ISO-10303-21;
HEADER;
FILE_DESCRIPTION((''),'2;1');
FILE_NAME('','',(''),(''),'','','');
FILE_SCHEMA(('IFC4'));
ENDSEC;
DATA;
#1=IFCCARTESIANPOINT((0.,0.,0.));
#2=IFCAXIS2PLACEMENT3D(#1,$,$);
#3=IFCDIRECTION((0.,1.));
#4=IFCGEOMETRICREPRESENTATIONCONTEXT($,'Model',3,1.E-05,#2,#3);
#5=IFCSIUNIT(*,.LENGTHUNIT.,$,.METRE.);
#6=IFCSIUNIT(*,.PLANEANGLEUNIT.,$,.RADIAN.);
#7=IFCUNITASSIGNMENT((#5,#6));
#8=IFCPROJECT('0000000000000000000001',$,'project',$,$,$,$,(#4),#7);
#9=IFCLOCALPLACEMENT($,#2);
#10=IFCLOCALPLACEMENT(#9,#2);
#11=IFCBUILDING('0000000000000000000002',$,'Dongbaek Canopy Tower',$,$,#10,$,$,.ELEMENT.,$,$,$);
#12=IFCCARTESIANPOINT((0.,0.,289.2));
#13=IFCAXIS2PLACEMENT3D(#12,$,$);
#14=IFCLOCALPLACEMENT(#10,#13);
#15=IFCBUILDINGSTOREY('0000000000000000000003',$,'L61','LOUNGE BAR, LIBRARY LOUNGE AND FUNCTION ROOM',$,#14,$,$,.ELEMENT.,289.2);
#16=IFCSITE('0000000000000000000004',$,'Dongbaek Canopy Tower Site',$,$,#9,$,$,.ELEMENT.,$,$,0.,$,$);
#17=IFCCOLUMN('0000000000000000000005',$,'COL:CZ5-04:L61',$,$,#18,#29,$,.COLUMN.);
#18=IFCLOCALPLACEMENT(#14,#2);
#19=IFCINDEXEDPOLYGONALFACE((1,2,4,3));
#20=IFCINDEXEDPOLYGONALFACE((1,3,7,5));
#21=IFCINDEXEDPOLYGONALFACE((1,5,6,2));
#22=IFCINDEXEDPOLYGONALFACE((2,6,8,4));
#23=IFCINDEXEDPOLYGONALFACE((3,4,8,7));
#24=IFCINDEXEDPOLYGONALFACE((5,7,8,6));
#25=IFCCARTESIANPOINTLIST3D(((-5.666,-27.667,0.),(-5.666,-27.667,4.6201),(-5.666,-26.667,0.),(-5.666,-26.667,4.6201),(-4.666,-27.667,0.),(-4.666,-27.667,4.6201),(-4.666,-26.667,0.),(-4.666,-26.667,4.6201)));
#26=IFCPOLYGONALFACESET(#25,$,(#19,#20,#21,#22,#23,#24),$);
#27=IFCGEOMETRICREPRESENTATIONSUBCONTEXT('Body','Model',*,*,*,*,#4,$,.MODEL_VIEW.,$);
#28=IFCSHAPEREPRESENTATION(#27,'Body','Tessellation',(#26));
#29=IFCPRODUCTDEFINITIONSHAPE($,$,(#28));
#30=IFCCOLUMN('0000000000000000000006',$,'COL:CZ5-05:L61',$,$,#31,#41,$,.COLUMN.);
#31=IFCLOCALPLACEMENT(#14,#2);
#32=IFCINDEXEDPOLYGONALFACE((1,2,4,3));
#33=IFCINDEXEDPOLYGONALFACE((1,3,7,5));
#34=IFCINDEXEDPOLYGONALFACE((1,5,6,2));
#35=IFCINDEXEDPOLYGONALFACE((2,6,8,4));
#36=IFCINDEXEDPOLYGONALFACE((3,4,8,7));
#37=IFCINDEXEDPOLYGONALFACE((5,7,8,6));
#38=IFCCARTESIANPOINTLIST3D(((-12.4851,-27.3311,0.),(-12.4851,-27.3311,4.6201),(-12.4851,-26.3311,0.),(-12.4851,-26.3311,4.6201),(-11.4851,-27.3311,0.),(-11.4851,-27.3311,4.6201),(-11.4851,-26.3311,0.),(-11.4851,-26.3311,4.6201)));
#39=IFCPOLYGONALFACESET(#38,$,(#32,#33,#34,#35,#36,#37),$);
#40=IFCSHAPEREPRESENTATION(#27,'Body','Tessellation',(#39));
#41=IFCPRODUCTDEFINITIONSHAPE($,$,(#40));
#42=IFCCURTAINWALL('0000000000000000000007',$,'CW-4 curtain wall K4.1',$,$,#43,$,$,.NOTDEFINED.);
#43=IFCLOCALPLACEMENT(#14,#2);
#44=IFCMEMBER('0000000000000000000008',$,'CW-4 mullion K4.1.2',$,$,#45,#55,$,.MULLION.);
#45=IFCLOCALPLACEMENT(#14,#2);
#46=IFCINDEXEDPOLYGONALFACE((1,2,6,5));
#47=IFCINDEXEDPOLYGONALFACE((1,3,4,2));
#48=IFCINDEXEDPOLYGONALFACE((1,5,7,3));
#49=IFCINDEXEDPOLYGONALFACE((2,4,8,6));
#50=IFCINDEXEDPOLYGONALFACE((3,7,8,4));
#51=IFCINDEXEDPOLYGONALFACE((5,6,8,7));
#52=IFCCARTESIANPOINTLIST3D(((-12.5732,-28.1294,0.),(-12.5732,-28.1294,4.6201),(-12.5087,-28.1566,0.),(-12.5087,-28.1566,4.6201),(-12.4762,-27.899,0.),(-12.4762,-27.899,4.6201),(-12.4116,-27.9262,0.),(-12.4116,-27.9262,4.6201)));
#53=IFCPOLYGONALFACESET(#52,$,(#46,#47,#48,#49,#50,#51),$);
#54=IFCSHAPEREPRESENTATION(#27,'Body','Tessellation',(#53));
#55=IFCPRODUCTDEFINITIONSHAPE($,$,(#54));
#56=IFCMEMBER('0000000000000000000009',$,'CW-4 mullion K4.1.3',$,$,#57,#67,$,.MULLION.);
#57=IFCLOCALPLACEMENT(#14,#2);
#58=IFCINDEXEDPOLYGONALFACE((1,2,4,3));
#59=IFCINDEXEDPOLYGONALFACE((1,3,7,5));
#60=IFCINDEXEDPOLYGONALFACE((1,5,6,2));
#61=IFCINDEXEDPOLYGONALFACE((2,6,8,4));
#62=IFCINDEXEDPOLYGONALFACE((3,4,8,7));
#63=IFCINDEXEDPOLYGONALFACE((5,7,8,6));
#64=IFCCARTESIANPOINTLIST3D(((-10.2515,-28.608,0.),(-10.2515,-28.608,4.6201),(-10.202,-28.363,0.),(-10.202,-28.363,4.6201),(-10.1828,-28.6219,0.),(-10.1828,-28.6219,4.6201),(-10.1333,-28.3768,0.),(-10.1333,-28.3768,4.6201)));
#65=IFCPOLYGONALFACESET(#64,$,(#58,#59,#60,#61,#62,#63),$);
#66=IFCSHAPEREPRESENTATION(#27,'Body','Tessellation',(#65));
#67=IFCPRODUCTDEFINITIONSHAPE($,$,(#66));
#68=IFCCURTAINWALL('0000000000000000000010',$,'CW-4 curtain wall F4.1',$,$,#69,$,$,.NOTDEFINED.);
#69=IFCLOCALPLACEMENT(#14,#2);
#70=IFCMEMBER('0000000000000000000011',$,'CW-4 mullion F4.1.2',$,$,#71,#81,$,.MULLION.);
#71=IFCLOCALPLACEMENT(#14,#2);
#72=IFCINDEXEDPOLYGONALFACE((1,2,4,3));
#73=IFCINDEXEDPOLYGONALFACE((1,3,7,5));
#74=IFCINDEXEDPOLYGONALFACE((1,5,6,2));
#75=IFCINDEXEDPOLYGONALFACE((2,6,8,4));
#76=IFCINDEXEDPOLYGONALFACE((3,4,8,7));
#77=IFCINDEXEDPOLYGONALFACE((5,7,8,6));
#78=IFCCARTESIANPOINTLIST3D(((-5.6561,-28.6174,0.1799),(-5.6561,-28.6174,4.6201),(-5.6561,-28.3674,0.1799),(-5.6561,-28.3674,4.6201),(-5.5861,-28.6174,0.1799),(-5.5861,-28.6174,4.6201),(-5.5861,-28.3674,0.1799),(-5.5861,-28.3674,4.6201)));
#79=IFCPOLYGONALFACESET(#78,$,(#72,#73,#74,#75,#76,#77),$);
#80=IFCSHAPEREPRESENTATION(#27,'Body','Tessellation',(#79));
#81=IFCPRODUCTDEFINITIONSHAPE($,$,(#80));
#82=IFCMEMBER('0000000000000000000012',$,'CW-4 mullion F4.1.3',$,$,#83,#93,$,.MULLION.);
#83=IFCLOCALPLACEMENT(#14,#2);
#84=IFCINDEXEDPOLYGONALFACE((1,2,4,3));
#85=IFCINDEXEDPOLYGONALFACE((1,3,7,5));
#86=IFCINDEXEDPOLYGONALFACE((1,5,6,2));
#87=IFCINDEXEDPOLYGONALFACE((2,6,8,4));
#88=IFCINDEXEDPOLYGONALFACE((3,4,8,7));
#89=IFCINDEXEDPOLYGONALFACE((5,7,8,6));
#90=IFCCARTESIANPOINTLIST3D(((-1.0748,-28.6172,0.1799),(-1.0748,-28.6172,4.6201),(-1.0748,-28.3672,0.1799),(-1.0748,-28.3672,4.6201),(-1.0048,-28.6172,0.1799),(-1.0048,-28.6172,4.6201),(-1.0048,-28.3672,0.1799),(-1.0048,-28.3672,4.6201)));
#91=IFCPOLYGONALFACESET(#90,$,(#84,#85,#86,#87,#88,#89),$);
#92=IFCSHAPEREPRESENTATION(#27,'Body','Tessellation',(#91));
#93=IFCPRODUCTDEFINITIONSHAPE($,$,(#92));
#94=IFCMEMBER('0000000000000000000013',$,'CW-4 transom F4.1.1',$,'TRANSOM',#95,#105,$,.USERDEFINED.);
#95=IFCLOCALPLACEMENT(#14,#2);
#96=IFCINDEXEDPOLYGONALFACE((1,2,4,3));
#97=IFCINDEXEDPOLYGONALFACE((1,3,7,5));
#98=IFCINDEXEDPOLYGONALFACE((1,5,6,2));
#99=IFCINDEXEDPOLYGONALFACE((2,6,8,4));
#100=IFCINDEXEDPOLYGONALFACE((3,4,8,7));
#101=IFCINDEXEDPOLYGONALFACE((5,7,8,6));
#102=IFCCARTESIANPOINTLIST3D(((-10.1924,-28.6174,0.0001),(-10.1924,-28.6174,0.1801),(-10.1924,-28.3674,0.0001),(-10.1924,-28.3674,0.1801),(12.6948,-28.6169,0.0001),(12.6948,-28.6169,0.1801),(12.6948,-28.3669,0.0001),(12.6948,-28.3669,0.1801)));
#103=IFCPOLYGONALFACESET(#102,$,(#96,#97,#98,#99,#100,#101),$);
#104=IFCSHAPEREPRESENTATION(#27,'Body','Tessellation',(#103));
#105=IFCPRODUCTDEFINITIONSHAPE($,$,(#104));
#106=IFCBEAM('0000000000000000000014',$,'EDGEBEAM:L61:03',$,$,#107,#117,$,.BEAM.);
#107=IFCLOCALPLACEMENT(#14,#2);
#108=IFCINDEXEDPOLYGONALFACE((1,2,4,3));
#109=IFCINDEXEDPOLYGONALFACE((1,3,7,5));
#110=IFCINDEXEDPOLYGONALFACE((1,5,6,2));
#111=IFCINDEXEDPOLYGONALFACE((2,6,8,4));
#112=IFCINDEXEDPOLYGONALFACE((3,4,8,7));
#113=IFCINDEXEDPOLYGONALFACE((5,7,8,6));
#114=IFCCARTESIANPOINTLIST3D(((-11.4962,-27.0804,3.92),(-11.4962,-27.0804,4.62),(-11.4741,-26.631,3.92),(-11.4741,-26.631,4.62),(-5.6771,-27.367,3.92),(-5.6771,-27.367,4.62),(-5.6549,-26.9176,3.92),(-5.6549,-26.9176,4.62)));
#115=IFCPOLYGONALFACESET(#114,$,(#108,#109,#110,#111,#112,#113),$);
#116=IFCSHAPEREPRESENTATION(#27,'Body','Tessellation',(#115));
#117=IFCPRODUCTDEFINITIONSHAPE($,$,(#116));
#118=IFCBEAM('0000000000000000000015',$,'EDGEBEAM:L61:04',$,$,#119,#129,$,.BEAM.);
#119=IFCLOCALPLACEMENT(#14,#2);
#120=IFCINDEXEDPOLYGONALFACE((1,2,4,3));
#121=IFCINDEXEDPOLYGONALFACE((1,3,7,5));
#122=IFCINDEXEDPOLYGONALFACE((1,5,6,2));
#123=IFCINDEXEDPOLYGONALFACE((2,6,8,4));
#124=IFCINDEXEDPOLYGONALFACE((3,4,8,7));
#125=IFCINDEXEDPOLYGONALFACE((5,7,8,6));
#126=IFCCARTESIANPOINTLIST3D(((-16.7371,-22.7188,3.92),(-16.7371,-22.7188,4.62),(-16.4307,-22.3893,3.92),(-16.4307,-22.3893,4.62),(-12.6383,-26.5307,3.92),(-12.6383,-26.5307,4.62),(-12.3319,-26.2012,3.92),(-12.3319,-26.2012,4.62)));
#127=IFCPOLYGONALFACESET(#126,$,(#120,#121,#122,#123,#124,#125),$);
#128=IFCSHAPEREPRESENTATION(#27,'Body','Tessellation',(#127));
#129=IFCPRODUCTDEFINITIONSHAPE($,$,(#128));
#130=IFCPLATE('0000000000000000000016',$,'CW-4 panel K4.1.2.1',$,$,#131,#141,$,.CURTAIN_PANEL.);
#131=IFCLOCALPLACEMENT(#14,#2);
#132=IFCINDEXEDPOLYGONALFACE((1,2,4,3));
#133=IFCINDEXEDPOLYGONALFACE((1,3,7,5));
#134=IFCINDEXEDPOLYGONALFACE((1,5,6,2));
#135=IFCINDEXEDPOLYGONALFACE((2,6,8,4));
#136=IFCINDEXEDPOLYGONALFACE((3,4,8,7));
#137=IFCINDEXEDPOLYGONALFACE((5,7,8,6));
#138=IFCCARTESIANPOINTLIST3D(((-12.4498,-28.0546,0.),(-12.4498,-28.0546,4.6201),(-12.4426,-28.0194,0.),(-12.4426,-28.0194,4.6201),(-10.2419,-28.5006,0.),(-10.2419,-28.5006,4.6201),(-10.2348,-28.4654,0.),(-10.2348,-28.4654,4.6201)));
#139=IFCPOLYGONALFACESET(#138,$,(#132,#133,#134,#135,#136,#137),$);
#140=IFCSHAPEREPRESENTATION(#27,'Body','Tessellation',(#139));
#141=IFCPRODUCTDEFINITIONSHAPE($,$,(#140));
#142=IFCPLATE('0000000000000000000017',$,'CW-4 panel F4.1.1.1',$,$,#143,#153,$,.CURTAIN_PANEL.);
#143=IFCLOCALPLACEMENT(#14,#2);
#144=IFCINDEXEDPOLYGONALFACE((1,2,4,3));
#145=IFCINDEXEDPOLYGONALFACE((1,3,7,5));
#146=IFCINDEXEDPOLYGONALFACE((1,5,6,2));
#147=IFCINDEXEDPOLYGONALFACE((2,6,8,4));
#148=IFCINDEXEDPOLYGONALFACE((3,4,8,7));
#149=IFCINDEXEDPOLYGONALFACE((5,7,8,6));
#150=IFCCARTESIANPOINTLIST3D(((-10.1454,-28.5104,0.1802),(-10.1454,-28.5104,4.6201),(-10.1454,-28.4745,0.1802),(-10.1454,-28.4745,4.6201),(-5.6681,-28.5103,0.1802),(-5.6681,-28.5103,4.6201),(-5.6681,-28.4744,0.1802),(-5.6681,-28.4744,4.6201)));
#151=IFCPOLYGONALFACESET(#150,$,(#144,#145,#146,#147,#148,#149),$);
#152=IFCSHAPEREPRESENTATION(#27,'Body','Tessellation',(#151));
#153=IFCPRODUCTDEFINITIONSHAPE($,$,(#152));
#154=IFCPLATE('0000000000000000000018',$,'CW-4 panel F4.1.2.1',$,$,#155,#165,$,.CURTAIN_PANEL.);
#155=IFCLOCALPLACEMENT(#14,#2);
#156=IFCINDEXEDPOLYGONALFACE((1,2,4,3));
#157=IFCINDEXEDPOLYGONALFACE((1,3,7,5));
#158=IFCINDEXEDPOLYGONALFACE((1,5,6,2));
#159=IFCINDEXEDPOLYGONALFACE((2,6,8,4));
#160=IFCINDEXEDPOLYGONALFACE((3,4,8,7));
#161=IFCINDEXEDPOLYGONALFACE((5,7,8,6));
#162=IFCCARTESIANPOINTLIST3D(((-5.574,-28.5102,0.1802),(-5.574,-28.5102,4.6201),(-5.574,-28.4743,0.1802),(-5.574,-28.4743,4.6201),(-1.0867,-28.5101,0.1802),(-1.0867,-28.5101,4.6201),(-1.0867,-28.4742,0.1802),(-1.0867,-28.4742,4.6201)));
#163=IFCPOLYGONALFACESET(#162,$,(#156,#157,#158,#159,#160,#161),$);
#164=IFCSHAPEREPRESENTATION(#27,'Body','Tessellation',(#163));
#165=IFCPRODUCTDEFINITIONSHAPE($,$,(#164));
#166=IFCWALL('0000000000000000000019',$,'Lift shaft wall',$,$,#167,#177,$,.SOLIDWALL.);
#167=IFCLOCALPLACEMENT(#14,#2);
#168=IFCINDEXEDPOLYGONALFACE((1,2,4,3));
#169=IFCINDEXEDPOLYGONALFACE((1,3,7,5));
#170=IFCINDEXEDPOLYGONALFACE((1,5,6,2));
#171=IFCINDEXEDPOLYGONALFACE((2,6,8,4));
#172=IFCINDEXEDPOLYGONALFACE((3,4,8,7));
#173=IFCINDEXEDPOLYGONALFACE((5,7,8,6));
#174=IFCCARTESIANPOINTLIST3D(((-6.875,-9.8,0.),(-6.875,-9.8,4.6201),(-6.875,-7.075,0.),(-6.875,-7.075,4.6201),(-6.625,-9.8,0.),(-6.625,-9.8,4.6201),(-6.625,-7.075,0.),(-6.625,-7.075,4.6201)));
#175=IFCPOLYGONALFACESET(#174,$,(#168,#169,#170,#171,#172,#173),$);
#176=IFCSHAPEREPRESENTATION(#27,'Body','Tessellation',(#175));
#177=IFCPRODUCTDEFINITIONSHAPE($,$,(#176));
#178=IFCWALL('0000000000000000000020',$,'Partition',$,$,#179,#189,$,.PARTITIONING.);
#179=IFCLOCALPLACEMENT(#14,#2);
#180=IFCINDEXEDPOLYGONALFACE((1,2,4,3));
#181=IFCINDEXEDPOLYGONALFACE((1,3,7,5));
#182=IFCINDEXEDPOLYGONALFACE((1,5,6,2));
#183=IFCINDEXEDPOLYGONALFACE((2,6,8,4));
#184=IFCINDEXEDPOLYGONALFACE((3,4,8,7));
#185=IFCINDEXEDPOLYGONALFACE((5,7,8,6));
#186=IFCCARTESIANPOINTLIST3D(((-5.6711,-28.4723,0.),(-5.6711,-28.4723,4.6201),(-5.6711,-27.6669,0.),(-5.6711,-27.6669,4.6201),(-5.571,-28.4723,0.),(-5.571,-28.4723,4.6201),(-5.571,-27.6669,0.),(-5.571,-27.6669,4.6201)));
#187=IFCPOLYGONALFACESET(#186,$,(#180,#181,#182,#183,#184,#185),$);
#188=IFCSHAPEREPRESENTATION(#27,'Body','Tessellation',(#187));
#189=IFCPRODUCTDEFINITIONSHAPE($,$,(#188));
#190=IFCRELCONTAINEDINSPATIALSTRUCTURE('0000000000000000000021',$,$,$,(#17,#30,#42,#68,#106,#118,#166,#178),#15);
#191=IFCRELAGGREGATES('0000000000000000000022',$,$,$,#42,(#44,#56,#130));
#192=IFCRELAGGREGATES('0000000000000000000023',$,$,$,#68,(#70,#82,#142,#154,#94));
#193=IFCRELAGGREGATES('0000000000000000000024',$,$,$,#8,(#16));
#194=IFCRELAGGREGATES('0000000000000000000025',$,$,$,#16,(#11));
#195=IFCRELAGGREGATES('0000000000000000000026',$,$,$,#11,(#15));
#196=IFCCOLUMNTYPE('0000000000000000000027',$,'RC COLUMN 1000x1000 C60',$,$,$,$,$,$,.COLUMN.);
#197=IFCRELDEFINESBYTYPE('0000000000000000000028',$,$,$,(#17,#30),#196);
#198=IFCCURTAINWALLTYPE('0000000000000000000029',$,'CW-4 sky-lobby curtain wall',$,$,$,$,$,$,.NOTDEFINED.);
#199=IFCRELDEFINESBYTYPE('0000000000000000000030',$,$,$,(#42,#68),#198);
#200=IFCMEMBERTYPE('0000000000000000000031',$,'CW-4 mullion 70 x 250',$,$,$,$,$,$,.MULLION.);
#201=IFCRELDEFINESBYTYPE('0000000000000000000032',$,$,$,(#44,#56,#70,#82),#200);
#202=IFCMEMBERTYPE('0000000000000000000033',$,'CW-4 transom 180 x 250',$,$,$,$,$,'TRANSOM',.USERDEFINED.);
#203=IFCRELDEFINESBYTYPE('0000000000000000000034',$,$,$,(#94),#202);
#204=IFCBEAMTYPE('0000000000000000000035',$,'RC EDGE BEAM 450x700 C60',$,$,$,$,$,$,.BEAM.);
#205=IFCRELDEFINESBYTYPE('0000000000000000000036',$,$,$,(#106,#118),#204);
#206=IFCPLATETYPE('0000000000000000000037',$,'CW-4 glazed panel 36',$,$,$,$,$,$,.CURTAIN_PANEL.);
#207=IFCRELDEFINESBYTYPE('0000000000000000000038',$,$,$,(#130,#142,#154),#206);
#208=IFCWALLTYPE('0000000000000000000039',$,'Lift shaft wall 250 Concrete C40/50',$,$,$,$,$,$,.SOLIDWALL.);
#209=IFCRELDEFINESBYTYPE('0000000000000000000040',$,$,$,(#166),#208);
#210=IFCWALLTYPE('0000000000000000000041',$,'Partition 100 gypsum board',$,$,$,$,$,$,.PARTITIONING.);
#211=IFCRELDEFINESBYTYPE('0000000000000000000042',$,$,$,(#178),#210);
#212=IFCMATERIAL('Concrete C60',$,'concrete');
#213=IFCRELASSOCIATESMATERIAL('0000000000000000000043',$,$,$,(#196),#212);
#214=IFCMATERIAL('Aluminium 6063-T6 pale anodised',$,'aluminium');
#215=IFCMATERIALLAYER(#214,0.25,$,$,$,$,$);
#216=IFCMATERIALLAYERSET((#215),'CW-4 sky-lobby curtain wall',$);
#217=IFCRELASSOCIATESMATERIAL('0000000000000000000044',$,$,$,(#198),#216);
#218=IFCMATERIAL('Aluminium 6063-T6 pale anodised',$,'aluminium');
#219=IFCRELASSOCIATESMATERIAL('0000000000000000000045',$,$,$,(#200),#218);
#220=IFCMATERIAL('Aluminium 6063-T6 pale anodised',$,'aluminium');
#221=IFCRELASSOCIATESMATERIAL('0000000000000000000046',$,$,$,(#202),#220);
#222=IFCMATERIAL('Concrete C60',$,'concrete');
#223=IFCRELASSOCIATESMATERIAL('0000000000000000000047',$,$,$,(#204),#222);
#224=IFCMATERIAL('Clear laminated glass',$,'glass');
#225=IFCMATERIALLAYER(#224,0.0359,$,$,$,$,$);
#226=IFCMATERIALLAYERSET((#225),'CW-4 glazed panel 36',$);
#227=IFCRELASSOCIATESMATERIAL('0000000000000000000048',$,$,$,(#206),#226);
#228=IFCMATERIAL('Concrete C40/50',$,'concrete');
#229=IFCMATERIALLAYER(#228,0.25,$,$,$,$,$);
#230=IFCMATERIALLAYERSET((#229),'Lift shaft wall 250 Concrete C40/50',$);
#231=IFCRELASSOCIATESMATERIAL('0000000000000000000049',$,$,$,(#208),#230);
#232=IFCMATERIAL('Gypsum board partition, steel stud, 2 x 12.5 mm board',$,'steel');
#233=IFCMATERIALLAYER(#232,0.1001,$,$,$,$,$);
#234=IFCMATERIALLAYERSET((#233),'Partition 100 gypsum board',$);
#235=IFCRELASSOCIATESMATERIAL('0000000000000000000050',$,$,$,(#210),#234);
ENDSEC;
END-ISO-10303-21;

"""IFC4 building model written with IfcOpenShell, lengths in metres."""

from ifc_helpers import new_model, si_unit, direction, frame, frame_2d, origin, origin_2d, place, context, subcontext, project, spatial, rectangle, extrude, material, layer, layer_set, material_profile, profile_set, type_object, element, aggregate, save


model = new_model("IFC4")

# Units and contexts
model_context = context("Model", 3, precision=1e-05, world=origin(), true_north=direction((0.0, 1.0)))
body_context = subcontext(model_context, "Body", "Model", "MODEL_VIEW")
ifc_project = project(units=[si_unit("LENGTHUNIT", "METRE"), si_unit("PLANEANGLEUNIT", "RADIAN")], contexts=[model_context])

# Site, building, storey
site_placement = place(None, origin())
site = spatial("IfcSite", under=ifc_project, at=site_placement, Name="Dongbaek Canopy Tower Site", CompositionType="ELEMENT", RefElevation=0.0)
building_placement = place(site_placement, origin())
building = spatial("IfcBuilding", under=site, at=building_placement, Name="Dongbaek Canopy Tower", CompositionType="ELEMENT")
storey_placement = place(building_placement, frame((0.0, 0.0, 289.2)))
storey = spatial("IfcBuildingStorey", under=building, at=storey_placement, Name="L61", Description="LOUNGE BAR, LIBRARY LOUNGE AND FUNCTION ROOM", CompositionType="ELEMENT", Elevation=289.2)

# Columns
ifc_material_1 = material(Name="Concrete C60", Category="concrete")
ifc_material_profile_1 = material_profile(ifc_material_1, rectangle(XDim=1.0, YDim=1.0, at=origin_2d()), Name="RC COLUMN 1000x1000 C60")
ifc_profile_set_1 = profile_set([ifc_material_profile_1], Name="Concrete C60")
column_type = type_object("IfcColumnType", Name="RC COLUMN 1000x1000 C60", PredefinedType="COLUMN", material=ifc_profile_set_1)
for number, where, z_axis, x_axis, name in (
    (1, (-5.166, -27.167, 0.0), (0.0, 0.0, 1.0), (1.0, 0.0, 0.0), "COL:CZ5-04:L61"),
    (2, (-11.9851, -26.8311, 0.0), (0.0, 0.0, 1.0), (1.0, 0.0, 0.0), "COL:CZ5-05:L61"),
):
    element("IfcColumn", number, at=place(storey_placement, frame(where, z_axis=z_axis, x_axis=x_axis)), inside=storey, type_object=column_type, Name=name, PredefinedType="COLUMN", context=body_context, shape_type="SweptSolid", body=[
        extrude(rectangle(XDim=1.0, YDim=1.0, at=origin_2d()), origin(), (0.0, 0.0, 1.0), 4.6201),
    ])

# Curtain walls, members
ifc_material_2 = material(Name="Aluminium 6063-T6 pale anodised", Category="aluminium")
ifc_layer_1 = layer(ifc_material_2, 0.25)
ifc_layer_set_1 = layer_set([ifc_layer_1], Name="CW-4 sky-lobby curtain wall")
curtain_wall_type = type_object("IfcCurtainWallType", Name="CW-4 sky-lobby curtain wall", PredefinedType="NOTDEFINED", material=ifc_layer_set_1)
curtain_wall_1_placement = place(storey_placement, origin())
curtain_wall_1 = element("IfcCurtainWall", 3, at=curtain_wall_1_placement, inside=storey, type_object=curtain_wall_type, Name="CW-4 curtain wall K4.1", PredefinedType="NOTDEFINED")
ifc_material_3 = material(Name="Aluminium 6063-T6 pale anodised", Category="aluminium")
ifc_material_profile_2 = material_profile(ifc_material_3, rectangle(XDim=0.25, YDim=0.0701, at=origin_2d()), Name="CW-4 mullion 70 x 250")
ifc_profile_set_2 = profile_set([ifc_material_profile_2], Name="Aluminium 6063-T6 pale anodised")
member_type_1 = type_object("IfcMemberType", Name="CW-4 mullion 70 x 250", PredefinedType="MULLION", material=ifc_profile_set_2)
member_1_placement = place(storey_placement, frame((-12.4924, -28.0278, 0.0), z_axis=(0.0, 0.0, 1.0), x_axis=(-0.388231, -0.921562, 0.0)))
member_1 = element("IfcMember", 4, at=member_1_placement, type_object=member_type_1, Name="CW-4 mullion K4.1.2", PredefinedType="MULLION", context=body_context, shape_type="SweptSolid", body=[
    extrude(rectangle(XDim=0.25, YDim=0.0701, at=origin_2d()), origin(), (0.0, 0.0, 1.0), 4.6201),
])
member_2_placement = place(storey_placement, frame((-10.1924, -28.4924, 0.0), z_axis=(0.0, 0.0, 1.0), x_axis=(-0.198026, -0.980197, 0.0)))
member_2 = element("IfcMember", 5, at=member_2_placement, type_object=member_type_1, Name="CW-4 mullion K4.1.3", PredefinedType="MULLION", context=body_context, shape_type="SweptSolid", body=[
    extrude(rectangle(XDim=0.25, YDim=0.0701, at=origin_2d()), origin(), (0.0, 0.0, 1.0), 4.6201),
])
curtain_wall_2_placement = place(storey_placement, origin())
curtain_wall_2 = element("IfcCurtainWall", 6, at=curtain_wall_2_placement, inside=storey, type_object=curtain_wall_type, Name="CW-4 curtain wall F4.1", PredefinedType="NOTDEFINED")
member_3_placement = place(storey_placement, frame((-5.6211, -28.4924, 0.1799), z_axis=(0.0, 0.0, 1.0), x_axis=(0.000023, -1.0, 0.0)))
member_3 = element("IfcMember", 7, at=member_3_placement, type_object=member_type_1, Name="CW-4 mullion F4.1.2", PredefinedType="MULLION", context=body_context, shape_type="SweptSolid", body=[
    extrude(rectangle(XDim=0.25, YDim=0.0701, at=origin_2d()), origin(), (0.0, 0.0, 1.0), 4.4402),
])
member_4_placement = place(storey_placement, frame((-1.0398, -28.4922, 0.1799), z_axis=(0.0, 0.0, 1.0), x_axis=(0.000023, -1.0, 0.0)))
member_4 = element("IfcMember", 8, at=member_4_placement, type_object=member_type_1, Name="CW-4 mullion F4.1.3", PredefinedType="MULLION", context=body_context, shape_type="SweptSolid", body=[
    extrude(rectangle(XDim=0.25, YDim=0.0701, at=origin_2d()), origin(), (0.0, 0.0, 1.0), 4.4402),
])
ifc_material_4 = material(Name="Aluminium 6063-T6 pale anodised", Category="aluminium")
ifc_material_profile_3 = material_profile(ifc_material_4, rectangle(XDim=0.25, YDim=0.1799, at=origin_2d()), Name="CW-4 transom 180 x 250")
ifc_profile_set_3 = profile_set([ifc_material_profile_3], Name="Aluminium 6063-T6 pale anodised")
member_type_2 = type_object("IfcMemberType", Name="CW-4 transom 180 x 250", ElementType="TRANSOM", PredefinedType="USERDEFINED", material=ifc_profile_set_3)
member_5_placement = place(storey_placement, frame((-10.1924, -28.4924, 0.0901), z_axis=(1.0, 0.000021, 0.0), x_axis=(-0.000021, 1.0, 0.0)))
member_5 = element("IfcMember", 9, at=member_5_placement, type_object=member_type_2, Name="CW-4 transom F4.1.1", ObjectType="TRANSOM", PredefinedType="USERDEFINED", context=body_context, shape_type="SweptSolid", body=[
    extrude(rectangle(XDim=0.25, YDim=0.1799, at=origin_2d()), origin(), (0.0, 0.0, 1.0), 22.8872),
])

# Beams
ifc_material_5 = material(Name="Concrete C60", Category="concrete")
ifc_material_profile_4 = material_profile(ifc_material_5, rectangle(XDim=0.45, YDim=0.7, at=origin_2d()), Name="RC EDGE BEAM 450x700 C60")
ifc_profile_set_4 = profile_set([ifc_material_profile_4], Name="Concrete C60")
beam_type = type_object("IfcBeamType", Name="RC EDGE BEAM 450x700 C60", PredefinedType="BEAM", material=ifc_profile_set_4)
beam_1_placement = place(storey_placement, frame((-5.666, -27.1423, 4.27), z_axis=(-0.998789, 0.049196, 0.0), x_axis=(-0.049196, -0.998789, 0.0)))
element("IfcBeam", 10, at=beam_1_placement, inside=storey, type_object=beam_type, Name="EDGEBEAM:L61:03", PredefinedType="BEAM", context=body_context, shape_type="SweptSolid", body=[
    extrude(rectangle(XDim=0.45, YDim=0.7, at=origin_2d()), origin(), (0.0, 0.0, 1.0), 5.8262),
])
beam_2_placement = place(storey_placement, frame((-12.4851, -26.366, 4.27), z_axis=(-0.732267, 0.681018, 0.0), x_axis=(-0.681018, -0.732267, 0.0)))
element("IfcBeam", 11, at=beam_2_placement, inside=storey, type_object=beam_type, Name="EDGEBEAM:L61:04", PredefinedType="BEAM", context=body_context, shape_type="SweptSolid", body=[
    extrude(rectangle(XDim=0.45, YDim=0.7, at=origin_2d()), origin(), (0.0, 0.0, 1.0), 5.5974),
])

# Plates
ifc_material_6 = material(Name="Clear laminated glass", Category="glass")
ifc_layer_2 = layer(ifc_material_6, 0.0359)
ifc_layer_set_2 = layer_set([ifc_layer_2], Name="CW-4 glazed panel 36")
plate_type = type_object("IfcPlateType", Name="CW-4 glazed panel 36", PredefinedType="CURTAIN_PANEL", material=ifc_layer_set_2)
plate_1_placement = place(storey_placement, frame((-11.3423, -28.26, 0.0), z_axis=(0.0, 0.0, 1.0), x_axis=(0.980197, -0.198026, 0.0)))
plate_1 = element("IfcPlate", 12, at=plate_1_placement, type_object=plate_type, Name="CW-4 panel K4.1.2.1", PredefinedType="CURTAIN_PANEL", context=body_context, shape_type="SweptSolid", body=[
    extrude(rectangle(XDim=2.2524, YDim=0.0359, at=origin_2d()), origin(), (0.0, 0.0, 1.0), 4.6201),
])
aggregate(curtain_wall_1, [member_1, member_2, plate_1])
plate_2_placement = place(storey_placement, frame((-7.9067, -28.4924, 0.1802), z_axis=(0.0, 0.0, 1.0), x_axis=(1.0, 0.000023, 0.0)))
plate_2 = element("IfcPlate", 13, at=plate_2_placement, type_object=plate_type, Name="CW-4 panel F4.1.1.1", PredefinedType="CURTAIN_PANEL", context=body_context, shape_type="SweptSolid", body=[
    extrude(rectangle(XDim=4.4773, YDim=0.0359, at=origin_2d()), origin(), (0.0, 0.0, 1.0), 4.4399),
])
plate_3_placement = place(storey_placement, frame((-3.3303, -28.4922, 0.1802), z_axis=(0.0, 0.0, 1.0), x_axis=(1.0, 0.000023, 0.0)))
plate_3 = element("IfcPlate", 14, at=plate_3_placement, type_object=plate_type, Name="CW-4 panel F4.1.2.1", PredefinedType="CURTAIN_PANEL", context=body_context, shape_type="SweptSolid", body=[
    extrude(rectangle(XDim=4.4873, YDim=0.0359, at=origin_2d()), origin(), (0.0, 0.0, 1.0), 4.4399),
])
aggregate(curtain_wall_2, [member_3, member_4, plate_2, plate_3, member_5])

# Walls
ifc_material_7 = material(Name="Concrete C40/50", Category="concrete")
ifc_layer_3 = layer(ifc_material_7, 0.25)
ifc_layer_set_3 = layer_set([ifc_layer_3], Name="Lift shaft wall 250 Concrete C40/50")
wall_type_1 = type_object("IfcWallType", Name="Lift shaft wall 250 Concrete C40/50", PredefinedType="SOLIDWALL", material=ifc_layer_set_3)
wall_1_placement = place(storey_placement, frame((-6.75, -9.8, 0.0), z_axis=(0.0, 0.0, 1.0), x_axis=(0.0, 1.0, 0.0)))
element("IfcWall", 15, at=wall_1_placement, inside=storey, type_object=wall_type_1, Name="Lift shaft wall", PredefinedType="SOLIDWALL", context=body_context, shape_type="SweptSolid", body=[
    extrude(rectangle(XDim=2.7251, YDim=0.25, at=frame_2d((1.3625, 0.0))), origin(), (0.0, 0.0, 1.0), 4.6201),
])
ifc_material_8 = material(Name="Gypsum board partition, steel stud, 2 x 12.5 mm board", Category="steel")
ifc_layer_4 = layer(ifc_material_8, 0.1001)
ifc_layer_set_4 = layer_set([ifc_layer_4], Name="Partition 100 gypsum board")
wall_type_2 = type_object("IfcWallType", Name="Partition 100 gypsum board", PredefinedType="PARTITIONING", material=ifc_layer_set_4)
wall_2_placement = place(storey_placement, frame((-5.6211, -28.4724, 0.0), z_axis=(0.0, 0.0, 1.0), x_axis=(0.0, 1.0, 0.0)))
element("IfcWall", 16, at=wall_2_placement, inside=storey, type_object=wall_type_2, Name="Partition", PredefinedType="PARTITIONING", context=body_context, shape_type="SweptSolid", body=[
    extrude(rectangle(XDim=0.8054, YDim=0.1001, at=frame_2d((0.4028, 0.0))), origin(), (0.0, 0.0, 1.0), 4.6201),
])

save(model, "model.ifc")
